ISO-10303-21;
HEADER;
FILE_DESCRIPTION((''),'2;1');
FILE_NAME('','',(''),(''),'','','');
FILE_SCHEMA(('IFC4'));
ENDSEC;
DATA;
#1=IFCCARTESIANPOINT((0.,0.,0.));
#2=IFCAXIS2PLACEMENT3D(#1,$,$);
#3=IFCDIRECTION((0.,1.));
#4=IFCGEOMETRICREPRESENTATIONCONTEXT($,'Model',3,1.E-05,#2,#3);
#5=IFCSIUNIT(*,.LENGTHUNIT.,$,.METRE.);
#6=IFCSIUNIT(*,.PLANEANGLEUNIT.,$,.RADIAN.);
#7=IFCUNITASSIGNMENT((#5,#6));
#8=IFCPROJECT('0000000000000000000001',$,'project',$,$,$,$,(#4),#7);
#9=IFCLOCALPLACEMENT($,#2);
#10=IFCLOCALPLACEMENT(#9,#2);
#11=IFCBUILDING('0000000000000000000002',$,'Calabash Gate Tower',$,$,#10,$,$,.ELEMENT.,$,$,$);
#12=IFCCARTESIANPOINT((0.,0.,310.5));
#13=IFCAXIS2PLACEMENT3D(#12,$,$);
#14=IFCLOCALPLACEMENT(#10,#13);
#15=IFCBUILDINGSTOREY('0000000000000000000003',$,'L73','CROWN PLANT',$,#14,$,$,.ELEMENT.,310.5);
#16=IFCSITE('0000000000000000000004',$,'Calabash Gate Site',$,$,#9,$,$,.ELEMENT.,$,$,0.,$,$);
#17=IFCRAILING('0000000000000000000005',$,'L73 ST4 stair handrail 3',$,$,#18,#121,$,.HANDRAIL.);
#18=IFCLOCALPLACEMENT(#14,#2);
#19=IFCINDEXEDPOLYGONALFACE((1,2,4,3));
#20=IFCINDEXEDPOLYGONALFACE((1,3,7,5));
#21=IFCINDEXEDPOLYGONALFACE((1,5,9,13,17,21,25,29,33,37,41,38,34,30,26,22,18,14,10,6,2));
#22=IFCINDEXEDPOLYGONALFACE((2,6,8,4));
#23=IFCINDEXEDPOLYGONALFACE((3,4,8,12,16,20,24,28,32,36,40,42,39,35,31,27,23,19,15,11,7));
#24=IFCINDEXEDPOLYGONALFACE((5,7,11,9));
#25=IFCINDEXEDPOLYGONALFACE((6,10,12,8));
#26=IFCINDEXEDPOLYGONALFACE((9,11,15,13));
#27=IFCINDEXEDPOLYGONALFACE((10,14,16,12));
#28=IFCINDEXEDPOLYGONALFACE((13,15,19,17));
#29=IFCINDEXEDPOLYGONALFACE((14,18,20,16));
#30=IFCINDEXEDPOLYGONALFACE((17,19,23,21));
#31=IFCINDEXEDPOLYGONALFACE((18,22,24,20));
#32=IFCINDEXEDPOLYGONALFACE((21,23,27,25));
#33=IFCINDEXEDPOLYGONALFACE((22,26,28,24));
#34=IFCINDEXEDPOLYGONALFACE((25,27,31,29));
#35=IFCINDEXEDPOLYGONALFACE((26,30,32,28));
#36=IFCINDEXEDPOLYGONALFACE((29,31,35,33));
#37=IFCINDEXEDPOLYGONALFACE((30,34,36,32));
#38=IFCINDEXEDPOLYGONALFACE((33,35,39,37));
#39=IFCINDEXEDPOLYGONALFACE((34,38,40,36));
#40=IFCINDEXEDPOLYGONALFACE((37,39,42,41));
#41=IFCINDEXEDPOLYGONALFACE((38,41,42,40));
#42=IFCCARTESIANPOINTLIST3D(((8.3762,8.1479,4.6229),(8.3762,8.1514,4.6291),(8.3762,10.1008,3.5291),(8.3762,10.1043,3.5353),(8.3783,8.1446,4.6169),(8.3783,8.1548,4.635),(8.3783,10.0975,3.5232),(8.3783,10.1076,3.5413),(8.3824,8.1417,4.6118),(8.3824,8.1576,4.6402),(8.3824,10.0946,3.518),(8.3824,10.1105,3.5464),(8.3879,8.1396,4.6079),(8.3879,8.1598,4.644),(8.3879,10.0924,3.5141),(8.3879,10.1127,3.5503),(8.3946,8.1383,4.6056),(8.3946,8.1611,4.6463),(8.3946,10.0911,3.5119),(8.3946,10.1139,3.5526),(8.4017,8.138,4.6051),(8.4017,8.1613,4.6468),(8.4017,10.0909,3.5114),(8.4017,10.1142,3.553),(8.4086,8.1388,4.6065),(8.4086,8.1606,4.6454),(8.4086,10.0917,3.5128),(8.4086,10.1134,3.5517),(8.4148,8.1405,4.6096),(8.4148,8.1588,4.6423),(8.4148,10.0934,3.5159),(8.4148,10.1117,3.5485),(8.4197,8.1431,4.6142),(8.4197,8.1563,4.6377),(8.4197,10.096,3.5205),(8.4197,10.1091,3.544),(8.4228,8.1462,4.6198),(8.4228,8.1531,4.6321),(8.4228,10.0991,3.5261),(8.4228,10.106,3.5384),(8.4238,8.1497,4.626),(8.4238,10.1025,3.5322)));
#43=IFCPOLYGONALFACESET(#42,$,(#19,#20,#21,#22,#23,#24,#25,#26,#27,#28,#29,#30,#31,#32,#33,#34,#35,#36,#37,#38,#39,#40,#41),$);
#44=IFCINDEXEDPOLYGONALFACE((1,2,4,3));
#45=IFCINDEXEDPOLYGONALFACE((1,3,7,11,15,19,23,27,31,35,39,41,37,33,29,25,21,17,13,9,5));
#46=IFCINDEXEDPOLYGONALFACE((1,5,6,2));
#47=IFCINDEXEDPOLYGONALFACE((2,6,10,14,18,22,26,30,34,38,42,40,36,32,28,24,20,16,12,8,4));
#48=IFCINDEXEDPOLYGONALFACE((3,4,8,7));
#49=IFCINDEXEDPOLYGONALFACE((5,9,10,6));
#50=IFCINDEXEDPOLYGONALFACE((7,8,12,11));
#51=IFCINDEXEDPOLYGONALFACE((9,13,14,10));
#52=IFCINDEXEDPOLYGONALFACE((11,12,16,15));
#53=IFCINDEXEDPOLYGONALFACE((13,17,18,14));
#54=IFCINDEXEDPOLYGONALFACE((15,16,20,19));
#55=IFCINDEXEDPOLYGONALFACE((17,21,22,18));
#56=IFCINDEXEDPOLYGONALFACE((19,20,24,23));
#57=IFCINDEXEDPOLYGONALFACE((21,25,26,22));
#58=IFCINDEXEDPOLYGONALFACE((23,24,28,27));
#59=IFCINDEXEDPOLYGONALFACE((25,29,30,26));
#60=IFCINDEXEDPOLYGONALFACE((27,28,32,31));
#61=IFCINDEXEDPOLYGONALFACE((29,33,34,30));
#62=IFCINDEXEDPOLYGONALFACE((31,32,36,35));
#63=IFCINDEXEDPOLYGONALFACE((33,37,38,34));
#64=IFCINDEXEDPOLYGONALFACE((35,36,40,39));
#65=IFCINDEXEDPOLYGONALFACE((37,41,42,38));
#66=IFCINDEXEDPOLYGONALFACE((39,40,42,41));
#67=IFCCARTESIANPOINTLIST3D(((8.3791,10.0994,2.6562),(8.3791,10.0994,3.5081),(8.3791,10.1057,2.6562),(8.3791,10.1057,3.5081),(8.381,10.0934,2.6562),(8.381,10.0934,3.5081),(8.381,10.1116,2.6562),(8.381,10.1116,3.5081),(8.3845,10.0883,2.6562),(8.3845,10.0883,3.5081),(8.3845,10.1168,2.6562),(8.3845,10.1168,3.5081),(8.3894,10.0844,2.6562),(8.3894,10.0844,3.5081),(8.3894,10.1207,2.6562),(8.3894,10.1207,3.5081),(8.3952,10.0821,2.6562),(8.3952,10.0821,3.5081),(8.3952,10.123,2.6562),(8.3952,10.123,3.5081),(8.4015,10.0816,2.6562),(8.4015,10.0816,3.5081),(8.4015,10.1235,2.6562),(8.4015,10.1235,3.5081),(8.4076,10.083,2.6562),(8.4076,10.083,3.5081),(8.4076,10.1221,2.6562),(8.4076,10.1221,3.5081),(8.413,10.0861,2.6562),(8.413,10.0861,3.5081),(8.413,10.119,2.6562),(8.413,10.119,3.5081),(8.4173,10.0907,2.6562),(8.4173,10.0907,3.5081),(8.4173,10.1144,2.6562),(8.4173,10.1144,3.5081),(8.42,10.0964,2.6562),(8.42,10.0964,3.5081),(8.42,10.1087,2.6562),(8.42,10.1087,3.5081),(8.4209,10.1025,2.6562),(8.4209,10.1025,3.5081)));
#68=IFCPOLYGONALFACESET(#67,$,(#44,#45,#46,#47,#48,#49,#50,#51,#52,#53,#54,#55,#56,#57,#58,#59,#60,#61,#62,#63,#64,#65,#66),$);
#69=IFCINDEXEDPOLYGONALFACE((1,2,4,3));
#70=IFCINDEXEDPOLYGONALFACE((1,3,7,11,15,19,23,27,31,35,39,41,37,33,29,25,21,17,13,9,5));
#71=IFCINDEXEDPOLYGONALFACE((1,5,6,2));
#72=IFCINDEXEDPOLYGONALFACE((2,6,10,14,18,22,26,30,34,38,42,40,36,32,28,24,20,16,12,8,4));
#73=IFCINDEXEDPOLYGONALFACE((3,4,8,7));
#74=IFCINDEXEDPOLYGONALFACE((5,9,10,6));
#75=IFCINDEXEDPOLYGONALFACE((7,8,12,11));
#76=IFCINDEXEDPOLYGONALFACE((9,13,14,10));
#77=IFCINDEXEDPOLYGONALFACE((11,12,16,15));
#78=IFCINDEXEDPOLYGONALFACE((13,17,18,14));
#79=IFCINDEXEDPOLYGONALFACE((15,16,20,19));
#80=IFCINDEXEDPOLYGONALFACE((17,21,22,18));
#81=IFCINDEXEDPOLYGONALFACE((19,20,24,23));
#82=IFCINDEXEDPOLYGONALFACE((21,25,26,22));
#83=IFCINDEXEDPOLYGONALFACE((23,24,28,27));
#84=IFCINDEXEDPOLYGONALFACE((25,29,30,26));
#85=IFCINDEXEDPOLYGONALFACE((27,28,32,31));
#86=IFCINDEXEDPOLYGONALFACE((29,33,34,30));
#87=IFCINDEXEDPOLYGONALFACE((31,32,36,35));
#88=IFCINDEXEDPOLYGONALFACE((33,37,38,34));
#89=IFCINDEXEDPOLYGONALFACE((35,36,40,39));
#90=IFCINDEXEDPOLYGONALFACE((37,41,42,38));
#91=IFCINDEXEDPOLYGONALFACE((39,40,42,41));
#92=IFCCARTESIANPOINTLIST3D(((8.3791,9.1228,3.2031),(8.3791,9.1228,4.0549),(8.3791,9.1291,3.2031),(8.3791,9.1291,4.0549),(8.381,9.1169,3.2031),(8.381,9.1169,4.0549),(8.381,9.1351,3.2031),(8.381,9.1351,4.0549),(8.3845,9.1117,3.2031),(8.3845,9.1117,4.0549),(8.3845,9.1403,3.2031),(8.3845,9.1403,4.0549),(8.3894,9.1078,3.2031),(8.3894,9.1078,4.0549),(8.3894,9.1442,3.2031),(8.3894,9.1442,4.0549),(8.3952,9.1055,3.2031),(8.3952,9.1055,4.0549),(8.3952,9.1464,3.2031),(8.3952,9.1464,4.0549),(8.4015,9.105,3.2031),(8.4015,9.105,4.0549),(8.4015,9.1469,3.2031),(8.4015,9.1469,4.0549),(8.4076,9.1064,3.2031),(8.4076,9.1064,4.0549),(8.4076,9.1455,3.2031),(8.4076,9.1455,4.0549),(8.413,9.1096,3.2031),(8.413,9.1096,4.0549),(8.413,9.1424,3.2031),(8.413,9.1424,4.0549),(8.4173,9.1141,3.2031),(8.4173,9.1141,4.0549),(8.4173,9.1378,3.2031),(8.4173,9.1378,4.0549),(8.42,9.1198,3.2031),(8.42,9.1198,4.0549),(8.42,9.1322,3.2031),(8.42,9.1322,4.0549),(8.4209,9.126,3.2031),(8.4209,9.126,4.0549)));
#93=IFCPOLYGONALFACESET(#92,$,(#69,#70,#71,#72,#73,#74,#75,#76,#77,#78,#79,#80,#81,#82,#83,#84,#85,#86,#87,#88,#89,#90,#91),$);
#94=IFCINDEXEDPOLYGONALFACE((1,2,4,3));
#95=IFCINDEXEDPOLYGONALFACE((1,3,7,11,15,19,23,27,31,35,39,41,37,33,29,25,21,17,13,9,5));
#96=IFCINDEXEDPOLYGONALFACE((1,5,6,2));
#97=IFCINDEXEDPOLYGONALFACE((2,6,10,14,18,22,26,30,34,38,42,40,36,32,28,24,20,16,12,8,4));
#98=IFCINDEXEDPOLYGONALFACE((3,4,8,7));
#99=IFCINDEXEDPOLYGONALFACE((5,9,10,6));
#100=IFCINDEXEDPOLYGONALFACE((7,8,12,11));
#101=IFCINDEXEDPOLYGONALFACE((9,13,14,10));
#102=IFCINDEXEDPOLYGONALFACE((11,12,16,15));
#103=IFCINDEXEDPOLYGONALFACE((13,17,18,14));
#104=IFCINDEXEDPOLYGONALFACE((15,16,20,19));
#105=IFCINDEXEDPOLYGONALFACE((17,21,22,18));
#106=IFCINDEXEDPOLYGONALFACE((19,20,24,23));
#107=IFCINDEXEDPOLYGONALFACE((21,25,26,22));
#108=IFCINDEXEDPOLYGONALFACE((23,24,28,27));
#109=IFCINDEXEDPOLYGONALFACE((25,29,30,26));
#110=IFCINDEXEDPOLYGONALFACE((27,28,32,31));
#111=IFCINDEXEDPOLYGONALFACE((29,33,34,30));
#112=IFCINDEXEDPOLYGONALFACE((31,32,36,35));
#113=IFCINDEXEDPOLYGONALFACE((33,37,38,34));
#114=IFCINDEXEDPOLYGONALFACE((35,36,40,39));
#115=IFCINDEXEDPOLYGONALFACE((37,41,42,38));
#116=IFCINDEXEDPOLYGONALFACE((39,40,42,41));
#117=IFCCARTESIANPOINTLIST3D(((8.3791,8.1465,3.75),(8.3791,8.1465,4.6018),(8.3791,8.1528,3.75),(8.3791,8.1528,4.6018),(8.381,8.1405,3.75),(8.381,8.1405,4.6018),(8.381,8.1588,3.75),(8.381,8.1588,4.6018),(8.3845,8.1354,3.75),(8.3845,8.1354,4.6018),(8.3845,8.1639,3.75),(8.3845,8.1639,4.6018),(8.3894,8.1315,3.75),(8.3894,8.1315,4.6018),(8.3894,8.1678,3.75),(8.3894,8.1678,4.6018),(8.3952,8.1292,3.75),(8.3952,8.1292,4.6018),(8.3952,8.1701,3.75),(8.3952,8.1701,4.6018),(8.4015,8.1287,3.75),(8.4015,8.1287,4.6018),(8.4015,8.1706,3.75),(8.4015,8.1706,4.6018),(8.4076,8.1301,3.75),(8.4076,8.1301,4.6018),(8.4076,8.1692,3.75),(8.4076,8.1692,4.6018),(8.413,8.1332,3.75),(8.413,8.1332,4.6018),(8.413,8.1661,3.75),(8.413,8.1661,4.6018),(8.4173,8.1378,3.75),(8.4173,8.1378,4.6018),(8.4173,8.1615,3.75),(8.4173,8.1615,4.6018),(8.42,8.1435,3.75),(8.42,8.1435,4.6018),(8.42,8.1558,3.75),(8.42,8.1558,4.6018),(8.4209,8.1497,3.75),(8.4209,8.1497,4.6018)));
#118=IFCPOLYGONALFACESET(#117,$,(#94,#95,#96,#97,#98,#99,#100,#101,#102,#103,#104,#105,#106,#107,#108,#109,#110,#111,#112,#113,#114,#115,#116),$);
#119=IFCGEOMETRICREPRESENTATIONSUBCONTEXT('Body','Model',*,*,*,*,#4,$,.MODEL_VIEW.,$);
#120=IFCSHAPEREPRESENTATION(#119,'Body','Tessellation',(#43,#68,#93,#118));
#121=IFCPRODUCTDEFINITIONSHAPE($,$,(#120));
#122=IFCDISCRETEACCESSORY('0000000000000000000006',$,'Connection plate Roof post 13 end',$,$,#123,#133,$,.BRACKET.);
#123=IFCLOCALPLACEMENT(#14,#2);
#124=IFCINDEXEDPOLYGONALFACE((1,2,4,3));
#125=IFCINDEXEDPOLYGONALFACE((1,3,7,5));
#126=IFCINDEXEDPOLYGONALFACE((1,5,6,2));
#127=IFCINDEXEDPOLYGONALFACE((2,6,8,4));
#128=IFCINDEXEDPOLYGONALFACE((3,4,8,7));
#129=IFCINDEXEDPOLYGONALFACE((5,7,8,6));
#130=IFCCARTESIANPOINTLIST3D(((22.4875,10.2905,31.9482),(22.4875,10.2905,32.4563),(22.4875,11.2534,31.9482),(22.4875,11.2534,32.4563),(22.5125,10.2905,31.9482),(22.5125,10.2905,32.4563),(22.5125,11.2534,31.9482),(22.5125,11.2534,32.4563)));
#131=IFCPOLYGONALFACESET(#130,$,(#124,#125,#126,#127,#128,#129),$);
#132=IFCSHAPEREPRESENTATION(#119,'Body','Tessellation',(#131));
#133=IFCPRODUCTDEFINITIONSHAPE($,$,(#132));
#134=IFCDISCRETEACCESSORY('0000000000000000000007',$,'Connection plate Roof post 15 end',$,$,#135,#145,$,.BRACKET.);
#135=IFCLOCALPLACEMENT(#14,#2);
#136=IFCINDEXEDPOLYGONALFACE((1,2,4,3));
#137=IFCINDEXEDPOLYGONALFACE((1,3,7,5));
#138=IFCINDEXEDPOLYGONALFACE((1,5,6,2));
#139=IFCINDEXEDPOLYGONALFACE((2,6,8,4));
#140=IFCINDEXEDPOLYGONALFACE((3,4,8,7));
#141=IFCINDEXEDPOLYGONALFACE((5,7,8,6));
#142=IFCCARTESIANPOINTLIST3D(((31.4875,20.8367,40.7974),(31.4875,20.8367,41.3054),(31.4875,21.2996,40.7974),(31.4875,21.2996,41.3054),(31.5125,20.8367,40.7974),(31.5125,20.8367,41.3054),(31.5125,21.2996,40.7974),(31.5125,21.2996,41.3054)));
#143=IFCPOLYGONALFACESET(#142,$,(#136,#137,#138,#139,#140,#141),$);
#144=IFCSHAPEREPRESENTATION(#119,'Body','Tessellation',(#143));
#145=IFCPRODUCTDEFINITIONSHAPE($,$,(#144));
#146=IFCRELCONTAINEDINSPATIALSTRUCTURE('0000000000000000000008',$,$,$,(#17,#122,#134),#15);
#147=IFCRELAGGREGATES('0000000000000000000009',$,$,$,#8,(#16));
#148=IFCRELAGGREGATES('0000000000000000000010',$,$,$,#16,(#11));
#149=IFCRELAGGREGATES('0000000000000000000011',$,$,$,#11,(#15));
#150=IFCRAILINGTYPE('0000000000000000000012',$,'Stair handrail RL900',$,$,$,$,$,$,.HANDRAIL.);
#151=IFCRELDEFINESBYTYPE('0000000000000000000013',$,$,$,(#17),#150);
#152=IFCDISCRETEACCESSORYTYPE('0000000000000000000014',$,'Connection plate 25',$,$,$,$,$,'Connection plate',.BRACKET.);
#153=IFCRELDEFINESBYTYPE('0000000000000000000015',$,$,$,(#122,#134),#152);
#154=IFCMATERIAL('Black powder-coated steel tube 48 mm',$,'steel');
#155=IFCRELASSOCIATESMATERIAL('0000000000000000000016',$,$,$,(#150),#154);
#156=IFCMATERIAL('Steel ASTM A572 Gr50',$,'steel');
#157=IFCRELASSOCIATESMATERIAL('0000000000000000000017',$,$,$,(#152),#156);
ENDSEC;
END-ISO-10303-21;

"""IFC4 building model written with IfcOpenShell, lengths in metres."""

from ifc_helpers import new_model, si_unit, direction, frame, origin, origin_2d, place, context, subcontext, project, spatial, rectangle, circle, extrude, material, type_object, element, save


model = new_model("IFC4")

# Units and contexts
model_context = context("Model", 3, precision=1e-05, world=origin(), true_north=direction((0.0, 1.0)))
body_context = subcontext(model_context, "Body", "Model", "MODEL_VIEW")
ifc_project = project(units=[si_unit("LENGTHUNIT", "METRE"), si_unit("PLANEANGLEUNIT", "RADIAN")], contexts=[model_context])

# Site, building, storey
site_placement = place(None, origin())
site = spatial("IfcSite", under=ifc_project, at=site_placement, Name="Calabash Gate Site", CompositionType="ELEMENT", RefElevation=0.0)
building_placement = place(site_placement, origin())
building = spatial("IfcBuilding", under=site, at=building_placement, Name="Calabash Gate Tower", CompositionType="ELEMENT")
storey_placement = place(building_placement, frame((0.0, 0.0, 310.5)))
storey = spatial("IfcBuildingStorey", under=building, at=storey_placement, Name="L73", Description="CROWN PLANT", CompositionType="ELEMENT", Elevation=310.5)

# Railing
ifc_material_1 = material(Name="Black powder-coated steel tube 48 mm", Category="steel")
railing_type = type_object("IfcRailingType", Name="Stair handrail RL900", PredefinedType="HANDRAIL", material=ifc_material_1)
for number, where, name in (
    (1, (8.3999, 10.1025, 2.6562), "L73 ST4 stair handrail 3"),
):
    element("IfcRailing", number, at=place(storey_placement, frame(where)), inside=storey, type_object=railing_type, Name=name, PredefinedType="HANDRAIL", context=body_context, shape_type="SweptSolid", body=[
        extrude(circle(Radius=0.0239, at=origin_2d()), frame((0.0, 0.0, 0.876), z_axis=(0.0, -0.87248, 0.48865), x_axis=(1.0, 0.0, 0.0)), (0.0, 0.0, 1.0), 2.2383),
        extrude(circle(Radius=0.021, at=origin_2d()), origin(), (0.0, 0.0, 1.0), 0.8518),
        extrude(circle(Radius=0.021, at=origin_2d()), frame((0.0, -0.9766, 0.5469)), (0.0, 0.0, 1.0), 0.8518),
        extrude(circle(Radius=0.021, at=origin_2d()), frame((0.0, -1.9529, 1.0938)), (0.0, 0.0, 1.0), 0.8518),
    ])

# Discrete accessories
ifc_material_2 = material(Name="Steel ASTM A572 Gr50", Category="steel")
discrete_accessory_type = type_object("IfcDiscreteAccessoryType", Name="Connection plate 25", ElementType="Connection plate", PredefinedType="BRACKET", material=ifc_material_2)
discrete_accessory_1_placement = place(storey_placement, frame((22.5, 10.772, 31.9482), z_axis=(0.0, 0.0, 1.0), x_axis=(0.0, 1.0, 0.0)))
element("IfcDiscreteAccessory", 2, at=discrete_accessory_1_placement, inside=storey, type_object=discrete_accessory_type, Name="Connection plate Roof post 13 end", PredefinedType="BRACKET", context=body_context, shape_type="SweptSolid", body=[
    extrude(rectangle(XDim=0.9629, YDim=0.0249, at=origin_2d()), origin(), (0.0, 0.0, 1.0), 0.5081),
])
discrete_accessory_2_placement = place(storey_placement, frame((31.5, 21.0681, 40.7974), z_axis=(0.0, 0.0, 1.0), x_axis=(0.0, 1.0, 0.0)))
element("IfcDiscreteAccessory", 3, at=discrete_accessory_2_placement, inside=storey, type_object=discrete_accessory_type, Name="Connection plate Roof post 15 end", PredefinedType="BRACKET", context=body_context, shape_type="SweptSolid", body=[
    extrude(rectangle(XDim=0.4629, YDim=0.0249, at=origin_2d()), origin(), (0.0, 0.0, 1.0), 0.5081),
])

save(model, "model.ifc")
